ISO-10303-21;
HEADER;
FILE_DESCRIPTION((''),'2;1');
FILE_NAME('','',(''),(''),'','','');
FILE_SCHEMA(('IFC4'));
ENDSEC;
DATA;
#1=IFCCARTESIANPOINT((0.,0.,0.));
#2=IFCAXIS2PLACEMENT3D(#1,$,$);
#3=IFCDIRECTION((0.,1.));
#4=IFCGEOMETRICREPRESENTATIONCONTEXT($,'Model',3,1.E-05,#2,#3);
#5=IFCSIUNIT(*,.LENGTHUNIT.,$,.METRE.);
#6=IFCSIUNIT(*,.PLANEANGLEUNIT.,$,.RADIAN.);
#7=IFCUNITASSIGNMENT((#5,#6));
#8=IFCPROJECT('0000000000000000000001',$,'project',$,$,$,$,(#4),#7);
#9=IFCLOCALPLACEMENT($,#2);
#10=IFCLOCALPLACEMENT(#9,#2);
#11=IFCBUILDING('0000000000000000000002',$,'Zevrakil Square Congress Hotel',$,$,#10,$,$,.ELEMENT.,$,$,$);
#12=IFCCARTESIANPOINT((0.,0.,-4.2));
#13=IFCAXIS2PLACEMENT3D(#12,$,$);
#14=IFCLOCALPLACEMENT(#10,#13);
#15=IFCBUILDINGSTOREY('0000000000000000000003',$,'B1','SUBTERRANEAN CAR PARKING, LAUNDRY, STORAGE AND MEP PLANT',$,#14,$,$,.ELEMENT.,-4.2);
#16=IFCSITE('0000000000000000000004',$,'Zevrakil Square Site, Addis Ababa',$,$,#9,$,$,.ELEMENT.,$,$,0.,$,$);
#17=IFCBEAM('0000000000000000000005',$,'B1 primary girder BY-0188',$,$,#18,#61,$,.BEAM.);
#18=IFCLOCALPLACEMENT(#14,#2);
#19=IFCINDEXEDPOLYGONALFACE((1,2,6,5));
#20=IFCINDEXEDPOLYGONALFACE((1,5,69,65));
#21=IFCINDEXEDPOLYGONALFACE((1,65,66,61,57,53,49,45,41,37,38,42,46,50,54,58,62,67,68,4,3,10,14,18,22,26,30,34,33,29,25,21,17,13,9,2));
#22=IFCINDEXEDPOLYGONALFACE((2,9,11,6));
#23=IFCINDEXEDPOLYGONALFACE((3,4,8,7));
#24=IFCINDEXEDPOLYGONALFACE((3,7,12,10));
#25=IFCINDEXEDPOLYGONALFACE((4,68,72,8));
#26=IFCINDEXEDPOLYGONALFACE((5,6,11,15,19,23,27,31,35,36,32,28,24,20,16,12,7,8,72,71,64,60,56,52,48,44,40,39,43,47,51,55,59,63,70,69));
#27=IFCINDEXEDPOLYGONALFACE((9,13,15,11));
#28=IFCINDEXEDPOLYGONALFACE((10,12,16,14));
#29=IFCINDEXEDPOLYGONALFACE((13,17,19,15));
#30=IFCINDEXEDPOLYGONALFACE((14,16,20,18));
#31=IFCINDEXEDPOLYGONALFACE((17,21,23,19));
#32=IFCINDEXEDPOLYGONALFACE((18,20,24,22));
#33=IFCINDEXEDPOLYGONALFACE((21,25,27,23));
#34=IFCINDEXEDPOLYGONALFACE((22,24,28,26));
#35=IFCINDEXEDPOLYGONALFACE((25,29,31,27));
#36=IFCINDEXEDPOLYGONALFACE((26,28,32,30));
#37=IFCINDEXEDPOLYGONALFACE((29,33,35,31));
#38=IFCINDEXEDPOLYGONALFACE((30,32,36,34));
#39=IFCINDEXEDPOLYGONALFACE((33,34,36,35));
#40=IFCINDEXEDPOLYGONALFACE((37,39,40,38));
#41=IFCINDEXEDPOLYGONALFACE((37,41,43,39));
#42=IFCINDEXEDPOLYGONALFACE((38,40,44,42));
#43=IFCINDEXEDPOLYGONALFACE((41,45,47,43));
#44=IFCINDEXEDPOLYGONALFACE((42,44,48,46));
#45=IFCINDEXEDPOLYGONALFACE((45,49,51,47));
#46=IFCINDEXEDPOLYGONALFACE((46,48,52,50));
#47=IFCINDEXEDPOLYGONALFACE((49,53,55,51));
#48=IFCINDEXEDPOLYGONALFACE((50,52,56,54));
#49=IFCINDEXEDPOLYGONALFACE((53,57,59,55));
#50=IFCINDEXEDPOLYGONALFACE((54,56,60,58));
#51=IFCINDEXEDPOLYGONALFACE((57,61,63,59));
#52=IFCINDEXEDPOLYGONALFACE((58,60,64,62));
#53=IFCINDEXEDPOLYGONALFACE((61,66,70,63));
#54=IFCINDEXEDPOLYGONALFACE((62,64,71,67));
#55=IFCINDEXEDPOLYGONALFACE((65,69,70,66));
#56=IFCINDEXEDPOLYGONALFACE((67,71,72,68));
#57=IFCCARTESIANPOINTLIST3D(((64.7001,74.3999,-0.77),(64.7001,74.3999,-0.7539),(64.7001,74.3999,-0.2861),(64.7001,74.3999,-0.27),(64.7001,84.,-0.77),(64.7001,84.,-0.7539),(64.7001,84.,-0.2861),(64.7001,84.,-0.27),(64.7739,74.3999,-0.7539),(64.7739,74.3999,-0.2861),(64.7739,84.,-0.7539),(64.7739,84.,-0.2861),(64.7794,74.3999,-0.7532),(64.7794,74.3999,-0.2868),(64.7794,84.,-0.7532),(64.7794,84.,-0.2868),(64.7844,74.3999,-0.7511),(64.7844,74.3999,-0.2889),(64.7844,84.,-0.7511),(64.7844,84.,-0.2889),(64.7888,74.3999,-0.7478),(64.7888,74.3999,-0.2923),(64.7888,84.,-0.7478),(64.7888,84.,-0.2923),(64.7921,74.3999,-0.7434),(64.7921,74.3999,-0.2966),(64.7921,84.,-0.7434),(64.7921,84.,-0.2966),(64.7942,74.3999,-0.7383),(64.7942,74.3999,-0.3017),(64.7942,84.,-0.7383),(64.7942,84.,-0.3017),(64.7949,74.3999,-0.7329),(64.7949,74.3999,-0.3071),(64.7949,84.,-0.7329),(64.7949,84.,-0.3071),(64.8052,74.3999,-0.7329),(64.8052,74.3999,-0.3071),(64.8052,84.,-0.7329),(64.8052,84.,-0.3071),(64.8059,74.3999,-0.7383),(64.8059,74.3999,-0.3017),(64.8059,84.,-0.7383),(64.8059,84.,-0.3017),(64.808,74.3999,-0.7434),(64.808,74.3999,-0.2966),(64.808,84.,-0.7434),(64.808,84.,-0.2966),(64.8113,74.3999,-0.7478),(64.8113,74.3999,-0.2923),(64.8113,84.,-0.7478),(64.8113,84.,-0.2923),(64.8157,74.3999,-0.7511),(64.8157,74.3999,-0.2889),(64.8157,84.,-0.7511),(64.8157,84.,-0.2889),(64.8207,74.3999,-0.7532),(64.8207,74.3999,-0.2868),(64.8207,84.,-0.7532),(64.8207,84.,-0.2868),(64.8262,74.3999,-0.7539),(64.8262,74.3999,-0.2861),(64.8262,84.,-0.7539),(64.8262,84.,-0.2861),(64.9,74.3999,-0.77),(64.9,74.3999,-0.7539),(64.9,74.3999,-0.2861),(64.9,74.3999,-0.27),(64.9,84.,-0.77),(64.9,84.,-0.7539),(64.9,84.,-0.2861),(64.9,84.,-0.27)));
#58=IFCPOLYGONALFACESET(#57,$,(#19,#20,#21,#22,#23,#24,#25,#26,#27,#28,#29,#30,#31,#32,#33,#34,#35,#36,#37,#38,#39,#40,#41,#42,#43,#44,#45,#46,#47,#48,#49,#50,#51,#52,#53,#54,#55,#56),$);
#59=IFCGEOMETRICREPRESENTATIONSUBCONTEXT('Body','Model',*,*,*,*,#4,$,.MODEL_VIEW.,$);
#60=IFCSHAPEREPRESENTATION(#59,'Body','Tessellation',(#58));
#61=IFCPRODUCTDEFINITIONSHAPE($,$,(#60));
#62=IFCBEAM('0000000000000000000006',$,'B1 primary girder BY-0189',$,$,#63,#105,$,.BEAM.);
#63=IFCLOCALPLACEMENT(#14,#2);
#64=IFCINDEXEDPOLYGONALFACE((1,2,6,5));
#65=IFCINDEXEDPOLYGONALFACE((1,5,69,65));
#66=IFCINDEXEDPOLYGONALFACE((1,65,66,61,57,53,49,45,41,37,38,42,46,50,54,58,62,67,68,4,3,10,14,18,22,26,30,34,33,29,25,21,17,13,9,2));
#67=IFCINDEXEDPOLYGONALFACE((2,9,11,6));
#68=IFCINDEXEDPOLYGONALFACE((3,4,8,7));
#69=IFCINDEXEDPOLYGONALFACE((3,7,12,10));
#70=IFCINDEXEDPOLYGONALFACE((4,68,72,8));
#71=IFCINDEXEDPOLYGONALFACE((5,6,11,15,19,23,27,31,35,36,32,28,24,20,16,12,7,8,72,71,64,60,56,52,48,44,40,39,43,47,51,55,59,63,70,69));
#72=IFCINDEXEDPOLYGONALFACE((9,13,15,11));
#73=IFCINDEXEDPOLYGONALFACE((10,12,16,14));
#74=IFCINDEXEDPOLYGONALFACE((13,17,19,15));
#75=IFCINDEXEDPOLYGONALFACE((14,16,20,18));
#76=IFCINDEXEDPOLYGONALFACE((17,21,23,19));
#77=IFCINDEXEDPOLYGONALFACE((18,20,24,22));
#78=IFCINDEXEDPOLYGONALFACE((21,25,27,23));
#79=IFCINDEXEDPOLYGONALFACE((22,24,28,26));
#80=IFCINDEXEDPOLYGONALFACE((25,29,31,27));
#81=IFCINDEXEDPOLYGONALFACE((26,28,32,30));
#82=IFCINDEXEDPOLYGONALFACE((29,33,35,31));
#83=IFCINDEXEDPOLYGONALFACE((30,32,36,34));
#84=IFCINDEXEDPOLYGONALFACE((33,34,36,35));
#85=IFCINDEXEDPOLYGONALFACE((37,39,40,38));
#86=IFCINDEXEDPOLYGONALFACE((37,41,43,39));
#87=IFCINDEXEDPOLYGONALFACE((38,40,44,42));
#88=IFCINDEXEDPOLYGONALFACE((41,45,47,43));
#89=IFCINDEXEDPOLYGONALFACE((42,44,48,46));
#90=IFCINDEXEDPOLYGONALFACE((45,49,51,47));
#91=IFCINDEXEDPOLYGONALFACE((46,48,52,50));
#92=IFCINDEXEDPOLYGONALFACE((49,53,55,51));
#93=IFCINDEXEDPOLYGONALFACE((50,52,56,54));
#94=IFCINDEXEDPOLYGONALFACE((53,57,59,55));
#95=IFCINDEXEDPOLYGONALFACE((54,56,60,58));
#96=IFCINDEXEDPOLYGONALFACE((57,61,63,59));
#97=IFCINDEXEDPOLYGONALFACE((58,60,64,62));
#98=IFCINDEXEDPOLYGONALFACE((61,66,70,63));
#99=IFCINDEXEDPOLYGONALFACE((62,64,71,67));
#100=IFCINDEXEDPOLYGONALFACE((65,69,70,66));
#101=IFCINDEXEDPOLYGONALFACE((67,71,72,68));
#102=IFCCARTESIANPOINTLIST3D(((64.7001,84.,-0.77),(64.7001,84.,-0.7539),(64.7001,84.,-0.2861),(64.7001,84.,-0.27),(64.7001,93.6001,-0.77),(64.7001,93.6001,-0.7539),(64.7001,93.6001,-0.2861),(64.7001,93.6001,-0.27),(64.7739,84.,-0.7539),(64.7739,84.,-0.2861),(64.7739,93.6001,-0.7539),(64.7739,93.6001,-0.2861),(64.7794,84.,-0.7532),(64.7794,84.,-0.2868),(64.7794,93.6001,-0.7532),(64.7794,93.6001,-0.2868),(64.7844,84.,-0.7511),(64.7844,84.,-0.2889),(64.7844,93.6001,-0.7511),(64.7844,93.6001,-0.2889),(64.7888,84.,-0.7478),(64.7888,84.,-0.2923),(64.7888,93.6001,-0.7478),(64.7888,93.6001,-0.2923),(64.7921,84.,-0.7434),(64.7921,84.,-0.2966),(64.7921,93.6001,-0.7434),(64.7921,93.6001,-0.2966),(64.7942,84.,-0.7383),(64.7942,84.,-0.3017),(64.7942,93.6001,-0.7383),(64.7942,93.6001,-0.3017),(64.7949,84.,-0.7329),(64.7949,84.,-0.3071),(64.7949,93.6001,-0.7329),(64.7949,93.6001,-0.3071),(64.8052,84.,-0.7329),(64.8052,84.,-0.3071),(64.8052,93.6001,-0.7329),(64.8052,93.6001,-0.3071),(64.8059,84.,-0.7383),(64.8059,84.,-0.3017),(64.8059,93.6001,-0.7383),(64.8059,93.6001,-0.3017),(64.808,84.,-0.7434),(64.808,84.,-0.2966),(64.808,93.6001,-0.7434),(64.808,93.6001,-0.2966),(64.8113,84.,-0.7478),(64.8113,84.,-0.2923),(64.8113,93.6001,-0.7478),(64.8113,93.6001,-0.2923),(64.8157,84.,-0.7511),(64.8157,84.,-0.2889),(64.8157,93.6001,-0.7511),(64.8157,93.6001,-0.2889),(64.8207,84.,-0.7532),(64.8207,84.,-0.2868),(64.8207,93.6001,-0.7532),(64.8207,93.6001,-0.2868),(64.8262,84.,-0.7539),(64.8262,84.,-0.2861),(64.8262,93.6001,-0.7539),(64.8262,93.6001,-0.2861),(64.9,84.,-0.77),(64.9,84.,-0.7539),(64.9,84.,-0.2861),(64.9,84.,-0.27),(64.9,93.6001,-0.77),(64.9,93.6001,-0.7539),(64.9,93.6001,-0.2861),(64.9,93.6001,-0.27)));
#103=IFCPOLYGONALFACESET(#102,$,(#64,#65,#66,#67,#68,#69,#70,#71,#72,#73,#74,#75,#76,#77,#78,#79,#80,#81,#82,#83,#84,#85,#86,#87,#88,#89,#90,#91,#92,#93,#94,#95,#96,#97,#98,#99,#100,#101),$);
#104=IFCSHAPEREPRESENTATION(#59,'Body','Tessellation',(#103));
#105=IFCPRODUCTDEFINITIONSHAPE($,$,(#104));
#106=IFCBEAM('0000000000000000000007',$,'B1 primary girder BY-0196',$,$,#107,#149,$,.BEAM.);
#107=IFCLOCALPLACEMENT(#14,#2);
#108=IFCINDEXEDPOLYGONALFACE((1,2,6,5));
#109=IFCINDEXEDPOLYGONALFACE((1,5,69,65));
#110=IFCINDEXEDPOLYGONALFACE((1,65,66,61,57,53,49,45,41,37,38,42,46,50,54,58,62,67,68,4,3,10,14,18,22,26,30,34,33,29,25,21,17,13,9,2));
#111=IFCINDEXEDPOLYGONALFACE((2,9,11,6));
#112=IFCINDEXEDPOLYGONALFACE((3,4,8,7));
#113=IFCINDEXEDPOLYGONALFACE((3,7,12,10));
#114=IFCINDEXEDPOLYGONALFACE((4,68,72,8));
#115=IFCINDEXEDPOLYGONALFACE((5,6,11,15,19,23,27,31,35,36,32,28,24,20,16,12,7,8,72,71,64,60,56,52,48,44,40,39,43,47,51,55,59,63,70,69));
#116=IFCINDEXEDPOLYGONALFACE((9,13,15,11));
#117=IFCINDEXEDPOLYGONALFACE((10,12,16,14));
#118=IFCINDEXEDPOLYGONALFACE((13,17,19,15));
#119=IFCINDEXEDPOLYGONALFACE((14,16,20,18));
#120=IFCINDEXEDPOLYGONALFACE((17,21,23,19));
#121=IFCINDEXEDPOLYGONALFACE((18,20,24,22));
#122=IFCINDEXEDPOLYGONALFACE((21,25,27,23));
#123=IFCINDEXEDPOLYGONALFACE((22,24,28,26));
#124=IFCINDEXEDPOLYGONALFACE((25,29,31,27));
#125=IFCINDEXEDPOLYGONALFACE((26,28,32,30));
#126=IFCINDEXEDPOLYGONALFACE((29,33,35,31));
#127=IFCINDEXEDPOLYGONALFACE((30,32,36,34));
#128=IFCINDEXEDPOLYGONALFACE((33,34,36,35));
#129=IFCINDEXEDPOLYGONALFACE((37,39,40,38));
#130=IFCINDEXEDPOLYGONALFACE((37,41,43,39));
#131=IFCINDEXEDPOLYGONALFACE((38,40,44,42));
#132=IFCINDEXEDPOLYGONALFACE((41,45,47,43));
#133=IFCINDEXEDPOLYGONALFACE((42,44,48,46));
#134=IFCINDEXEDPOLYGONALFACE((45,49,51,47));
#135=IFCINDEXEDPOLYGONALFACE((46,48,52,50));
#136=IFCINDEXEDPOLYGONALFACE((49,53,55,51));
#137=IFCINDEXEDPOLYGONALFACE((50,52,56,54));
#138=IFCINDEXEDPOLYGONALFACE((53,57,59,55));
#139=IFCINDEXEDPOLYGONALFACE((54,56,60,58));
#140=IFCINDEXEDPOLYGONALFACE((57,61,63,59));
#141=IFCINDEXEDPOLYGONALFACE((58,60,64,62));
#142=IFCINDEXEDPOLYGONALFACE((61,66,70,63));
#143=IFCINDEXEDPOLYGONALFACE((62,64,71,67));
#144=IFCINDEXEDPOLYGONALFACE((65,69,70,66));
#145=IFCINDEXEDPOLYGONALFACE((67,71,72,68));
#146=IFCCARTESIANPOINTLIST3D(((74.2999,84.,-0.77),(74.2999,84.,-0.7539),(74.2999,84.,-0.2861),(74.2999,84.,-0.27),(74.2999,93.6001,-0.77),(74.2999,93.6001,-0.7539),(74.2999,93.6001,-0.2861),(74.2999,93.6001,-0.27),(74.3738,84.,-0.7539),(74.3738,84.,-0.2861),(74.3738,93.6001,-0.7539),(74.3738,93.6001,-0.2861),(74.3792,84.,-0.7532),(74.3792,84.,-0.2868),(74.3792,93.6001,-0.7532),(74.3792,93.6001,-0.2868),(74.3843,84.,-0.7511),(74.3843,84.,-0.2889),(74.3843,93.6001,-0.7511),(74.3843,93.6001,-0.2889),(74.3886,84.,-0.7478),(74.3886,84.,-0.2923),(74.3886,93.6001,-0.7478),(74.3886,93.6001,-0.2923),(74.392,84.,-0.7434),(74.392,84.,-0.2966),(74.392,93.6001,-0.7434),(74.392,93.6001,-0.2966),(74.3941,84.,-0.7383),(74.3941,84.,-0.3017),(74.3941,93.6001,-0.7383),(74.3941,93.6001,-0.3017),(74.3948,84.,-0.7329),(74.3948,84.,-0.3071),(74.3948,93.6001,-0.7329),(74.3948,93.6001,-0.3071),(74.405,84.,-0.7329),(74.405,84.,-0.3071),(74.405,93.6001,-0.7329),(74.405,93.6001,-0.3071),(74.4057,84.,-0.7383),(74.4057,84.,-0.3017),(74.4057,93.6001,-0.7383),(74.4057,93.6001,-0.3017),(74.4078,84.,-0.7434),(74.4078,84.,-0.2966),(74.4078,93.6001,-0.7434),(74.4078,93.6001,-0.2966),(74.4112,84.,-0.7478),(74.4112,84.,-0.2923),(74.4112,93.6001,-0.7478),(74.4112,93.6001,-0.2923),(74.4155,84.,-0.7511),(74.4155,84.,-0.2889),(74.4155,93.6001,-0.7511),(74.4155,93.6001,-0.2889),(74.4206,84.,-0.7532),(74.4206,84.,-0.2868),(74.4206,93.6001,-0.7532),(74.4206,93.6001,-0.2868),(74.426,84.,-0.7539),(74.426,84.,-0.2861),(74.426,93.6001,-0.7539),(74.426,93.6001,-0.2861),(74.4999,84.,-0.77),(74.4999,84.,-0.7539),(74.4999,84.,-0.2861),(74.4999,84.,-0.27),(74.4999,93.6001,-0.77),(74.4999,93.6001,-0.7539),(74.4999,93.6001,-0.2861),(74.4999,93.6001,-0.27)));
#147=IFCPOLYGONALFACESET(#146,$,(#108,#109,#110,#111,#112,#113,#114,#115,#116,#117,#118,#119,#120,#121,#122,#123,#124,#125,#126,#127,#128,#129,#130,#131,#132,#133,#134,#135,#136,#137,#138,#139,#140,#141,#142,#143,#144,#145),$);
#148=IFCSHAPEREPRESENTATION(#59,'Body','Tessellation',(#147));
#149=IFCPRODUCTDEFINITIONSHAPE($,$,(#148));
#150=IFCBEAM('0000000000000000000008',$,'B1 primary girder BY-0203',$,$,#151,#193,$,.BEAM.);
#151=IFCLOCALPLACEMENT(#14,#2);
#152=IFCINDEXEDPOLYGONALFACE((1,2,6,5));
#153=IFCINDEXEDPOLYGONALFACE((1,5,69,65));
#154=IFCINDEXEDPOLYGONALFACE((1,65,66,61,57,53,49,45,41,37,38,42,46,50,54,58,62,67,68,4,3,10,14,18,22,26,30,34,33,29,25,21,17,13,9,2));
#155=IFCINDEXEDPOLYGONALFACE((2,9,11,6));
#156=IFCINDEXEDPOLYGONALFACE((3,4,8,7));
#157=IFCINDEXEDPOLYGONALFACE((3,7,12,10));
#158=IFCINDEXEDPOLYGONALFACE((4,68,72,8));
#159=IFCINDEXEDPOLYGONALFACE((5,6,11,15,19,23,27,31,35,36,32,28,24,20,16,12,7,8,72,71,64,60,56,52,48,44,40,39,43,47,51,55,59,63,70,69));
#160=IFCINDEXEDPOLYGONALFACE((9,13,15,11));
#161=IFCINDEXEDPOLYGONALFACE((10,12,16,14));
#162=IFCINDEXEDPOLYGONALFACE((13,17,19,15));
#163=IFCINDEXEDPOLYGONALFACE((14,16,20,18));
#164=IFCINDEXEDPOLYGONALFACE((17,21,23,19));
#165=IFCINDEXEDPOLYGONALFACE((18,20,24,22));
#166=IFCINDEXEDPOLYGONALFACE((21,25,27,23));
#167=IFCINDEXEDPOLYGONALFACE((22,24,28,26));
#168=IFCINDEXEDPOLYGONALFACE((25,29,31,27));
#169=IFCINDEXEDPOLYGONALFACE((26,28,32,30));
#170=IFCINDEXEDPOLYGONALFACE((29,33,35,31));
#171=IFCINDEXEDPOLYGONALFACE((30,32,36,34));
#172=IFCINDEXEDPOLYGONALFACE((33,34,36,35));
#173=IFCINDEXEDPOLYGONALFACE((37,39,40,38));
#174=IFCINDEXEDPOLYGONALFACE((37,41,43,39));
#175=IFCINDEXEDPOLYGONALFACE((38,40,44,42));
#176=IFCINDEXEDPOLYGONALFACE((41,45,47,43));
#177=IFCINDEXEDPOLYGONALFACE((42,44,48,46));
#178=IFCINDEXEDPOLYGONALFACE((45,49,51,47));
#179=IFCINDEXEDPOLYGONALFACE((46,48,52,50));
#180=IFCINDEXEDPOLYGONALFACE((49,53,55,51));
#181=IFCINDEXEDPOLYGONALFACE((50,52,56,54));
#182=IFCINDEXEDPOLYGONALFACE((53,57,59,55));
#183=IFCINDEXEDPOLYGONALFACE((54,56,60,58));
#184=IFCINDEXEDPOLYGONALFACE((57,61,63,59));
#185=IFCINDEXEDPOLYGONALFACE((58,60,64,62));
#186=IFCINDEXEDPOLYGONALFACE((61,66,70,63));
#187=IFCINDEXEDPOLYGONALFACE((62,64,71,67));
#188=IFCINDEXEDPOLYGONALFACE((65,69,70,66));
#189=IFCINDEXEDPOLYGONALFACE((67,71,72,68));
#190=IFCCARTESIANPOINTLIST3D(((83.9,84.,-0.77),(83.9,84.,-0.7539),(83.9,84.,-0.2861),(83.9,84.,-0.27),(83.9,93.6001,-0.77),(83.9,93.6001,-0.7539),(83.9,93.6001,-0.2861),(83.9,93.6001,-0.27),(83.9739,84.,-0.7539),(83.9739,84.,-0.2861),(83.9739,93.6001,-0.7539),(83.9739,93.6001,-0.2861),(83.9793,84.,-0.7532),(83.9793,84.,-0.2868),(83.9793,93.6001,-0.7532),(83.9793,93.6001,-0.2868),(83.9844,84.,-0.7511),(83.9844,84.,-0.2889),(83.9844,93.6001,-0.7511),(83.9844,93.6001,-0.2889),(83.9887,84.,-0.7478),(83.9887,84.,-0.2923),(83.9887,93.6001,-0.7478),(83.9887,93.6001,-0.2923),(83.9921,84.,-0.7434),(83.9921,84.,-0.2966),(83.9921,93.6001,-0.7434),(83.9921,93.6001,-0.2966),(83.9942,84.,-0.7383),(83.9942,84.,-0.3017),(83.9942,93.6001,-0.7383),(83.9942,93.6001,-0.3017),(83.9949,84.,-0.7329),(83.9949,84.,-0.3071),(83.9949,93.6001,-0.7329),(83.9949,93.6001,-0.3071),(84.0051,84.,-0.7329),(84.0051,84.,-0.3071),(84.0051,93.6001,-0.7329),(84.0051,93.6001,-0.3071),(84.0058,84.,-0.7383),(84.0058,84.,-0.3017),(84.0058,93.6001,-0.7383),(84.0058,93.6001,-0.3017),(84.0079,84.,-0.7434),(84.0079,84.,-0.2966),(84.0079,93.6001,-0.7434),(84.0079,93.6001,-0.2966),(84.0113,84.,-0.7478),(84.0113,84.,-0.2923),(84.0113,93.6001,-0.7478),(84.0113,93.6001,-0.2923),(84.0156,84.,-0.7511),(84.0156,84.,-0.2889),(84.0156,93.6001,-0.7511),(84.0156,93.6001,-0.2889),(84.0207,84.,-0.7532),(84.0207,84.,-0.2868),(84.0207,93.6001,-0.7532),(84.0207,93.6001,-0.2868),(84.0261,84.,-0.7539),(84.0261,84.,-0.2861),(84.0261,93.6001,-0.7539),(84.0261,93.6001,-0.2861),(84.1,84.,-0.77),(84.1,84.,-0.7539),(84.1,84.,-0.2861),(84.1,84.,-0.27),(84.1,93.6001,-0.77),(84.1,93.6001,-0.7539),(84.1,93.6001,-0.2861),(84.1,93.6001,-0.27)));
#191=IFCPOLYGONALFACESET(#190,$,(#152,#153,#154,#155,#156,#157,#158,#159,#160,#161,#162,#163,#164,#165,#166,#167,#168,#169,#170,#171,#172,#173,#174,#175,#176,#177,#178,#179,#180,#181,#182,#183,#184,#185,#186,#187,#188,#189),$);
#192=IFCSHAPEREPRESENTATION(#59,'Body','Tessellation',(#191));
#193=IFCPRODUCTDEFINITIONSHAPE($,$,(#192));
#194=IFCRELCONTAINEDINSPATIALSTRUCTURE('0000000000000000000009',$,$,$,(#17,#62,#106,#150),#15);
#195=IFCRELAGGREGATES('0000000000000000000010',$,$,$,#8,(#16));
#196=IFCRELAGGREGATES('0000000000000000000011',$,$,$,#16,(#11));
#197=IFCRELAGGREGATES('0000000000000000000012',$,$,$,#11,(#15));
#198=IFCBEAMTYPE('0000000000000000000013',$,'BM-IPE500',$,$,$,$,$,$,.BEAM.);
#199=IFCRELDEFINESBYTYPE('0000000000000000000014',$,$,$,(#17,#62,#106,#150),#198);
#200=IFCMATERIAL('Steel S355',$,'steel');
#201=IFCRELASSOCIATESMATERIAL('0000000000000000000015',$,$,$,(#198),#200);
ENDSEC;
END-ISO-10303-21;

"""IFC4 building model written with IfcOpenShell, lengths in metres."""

from ifc_helpers import new_model, si_unit, direction, frame, origin, origin_2d, place, context, subcontext, project, spatial, i_section, extrude, material, material_profile, profile_set, type_object, element, save


model = new_model("IFC4")

# Units and contexts
model_context = context("Model", 3, precision=1e-05, world=origin(), true_north=direction((0.0, 1.0)))
body_context = subcontext(model_context, "Body", "Model", "MODEL_VIEW")
ifc_project = project(units=[si_unit("LENGTHUNIT", "METRE"), si_unit("PLANEANGLEUNIT", "RADIAN")], contexts=[model_context])

# Site, building, storey
site_placement = place(None, origin())
site = spatial("IfcSite", under=ifc_project, at=site_placement, Name="Zevrakil Square Site, Addis Ababa", CompositionType="ELEMENT", RefElevation=0.0)
building_placement = place(site_placement, origin())
building = spatial("IfcBuilding", under=site, at=building_placement, Name="Zevrakil Square Congress Hotel", CompositionType="ELEMENT")
storey_placement = place(building_placement, frame((0.0, 0.0, -4.2)))
storey = spatial("IfcBuildingStorey", under=building, at=storey_placement, Name="B1", Description="SUBTERRANEAN CAR PARKING, LAUNDRY, STORAGE AND MEP PLANT", CompositionType="ELEMENT", Elevation=-4.2)

# Beams
ifc_material_1 = material(Name="Steel S355", Category="steel")
ifc_material_profile_1 = material_profile(ifc_material_1, i_section(OverallWidth=0.2, OverallDepth=0.5, WebThickness=0.0103, FlangeThickness=0.0161, FilletRadius=0.021, at=origin_2d()), Name="IPE 500")
ifc_profile_set_1 = profile_set([ifc_material_profile_1], Name="Steel S355")
beam_type_1 = type_object("IfcBeamType", Name="BM-IPE500", PredefinedType="BEAM", material=ifc_profile_set_1)
for number, where, z_axis, x_axis, name in (
    (1, (64.8, 74.3999, -0.52), (0.0, 1.0, 0.0), (-1.0, 0.0, 0.0), "B1 primary girder BY-0188"),
    (2, (64.8, 84.0, -0.52), (0.0, 1.0, 0.0), (-1.0, 0.0, 0.0), "B1 primary girder BY-0189"),
    (3, (74.3999, 84.0, -0.52), (0.0, 1.0, 0.0), (-1.0, 0.0, 0.0), "B1 primary girder BY-0196"),
    (4, (84.0, 84.0, -0.52), (0.0, 1.0, 0.0), (-1.0, 0.0, 0.0), "B1 primary girder BY-0203"),
):
    element("IfcBeam", number, at=place(storey_placement, frame(where, z_axis=z_axis, x_axis=x_axis)), inside=storey, type_object=beam_type_1, Name=name, PredefinedType="BEAM", context=body_context, shape_type="SweptSolid", body=[
        extrude(i_section(OverallWidth=0.2, OverallDepth=0.5, WebThickness=0.0103, FlangeThickness=0.0161, FilletRadius=0.021, at=origin_2d()), origin(), (0.0, 0.0, 1.0), 9.6001),
    ])

save(model, "model.ifc")
